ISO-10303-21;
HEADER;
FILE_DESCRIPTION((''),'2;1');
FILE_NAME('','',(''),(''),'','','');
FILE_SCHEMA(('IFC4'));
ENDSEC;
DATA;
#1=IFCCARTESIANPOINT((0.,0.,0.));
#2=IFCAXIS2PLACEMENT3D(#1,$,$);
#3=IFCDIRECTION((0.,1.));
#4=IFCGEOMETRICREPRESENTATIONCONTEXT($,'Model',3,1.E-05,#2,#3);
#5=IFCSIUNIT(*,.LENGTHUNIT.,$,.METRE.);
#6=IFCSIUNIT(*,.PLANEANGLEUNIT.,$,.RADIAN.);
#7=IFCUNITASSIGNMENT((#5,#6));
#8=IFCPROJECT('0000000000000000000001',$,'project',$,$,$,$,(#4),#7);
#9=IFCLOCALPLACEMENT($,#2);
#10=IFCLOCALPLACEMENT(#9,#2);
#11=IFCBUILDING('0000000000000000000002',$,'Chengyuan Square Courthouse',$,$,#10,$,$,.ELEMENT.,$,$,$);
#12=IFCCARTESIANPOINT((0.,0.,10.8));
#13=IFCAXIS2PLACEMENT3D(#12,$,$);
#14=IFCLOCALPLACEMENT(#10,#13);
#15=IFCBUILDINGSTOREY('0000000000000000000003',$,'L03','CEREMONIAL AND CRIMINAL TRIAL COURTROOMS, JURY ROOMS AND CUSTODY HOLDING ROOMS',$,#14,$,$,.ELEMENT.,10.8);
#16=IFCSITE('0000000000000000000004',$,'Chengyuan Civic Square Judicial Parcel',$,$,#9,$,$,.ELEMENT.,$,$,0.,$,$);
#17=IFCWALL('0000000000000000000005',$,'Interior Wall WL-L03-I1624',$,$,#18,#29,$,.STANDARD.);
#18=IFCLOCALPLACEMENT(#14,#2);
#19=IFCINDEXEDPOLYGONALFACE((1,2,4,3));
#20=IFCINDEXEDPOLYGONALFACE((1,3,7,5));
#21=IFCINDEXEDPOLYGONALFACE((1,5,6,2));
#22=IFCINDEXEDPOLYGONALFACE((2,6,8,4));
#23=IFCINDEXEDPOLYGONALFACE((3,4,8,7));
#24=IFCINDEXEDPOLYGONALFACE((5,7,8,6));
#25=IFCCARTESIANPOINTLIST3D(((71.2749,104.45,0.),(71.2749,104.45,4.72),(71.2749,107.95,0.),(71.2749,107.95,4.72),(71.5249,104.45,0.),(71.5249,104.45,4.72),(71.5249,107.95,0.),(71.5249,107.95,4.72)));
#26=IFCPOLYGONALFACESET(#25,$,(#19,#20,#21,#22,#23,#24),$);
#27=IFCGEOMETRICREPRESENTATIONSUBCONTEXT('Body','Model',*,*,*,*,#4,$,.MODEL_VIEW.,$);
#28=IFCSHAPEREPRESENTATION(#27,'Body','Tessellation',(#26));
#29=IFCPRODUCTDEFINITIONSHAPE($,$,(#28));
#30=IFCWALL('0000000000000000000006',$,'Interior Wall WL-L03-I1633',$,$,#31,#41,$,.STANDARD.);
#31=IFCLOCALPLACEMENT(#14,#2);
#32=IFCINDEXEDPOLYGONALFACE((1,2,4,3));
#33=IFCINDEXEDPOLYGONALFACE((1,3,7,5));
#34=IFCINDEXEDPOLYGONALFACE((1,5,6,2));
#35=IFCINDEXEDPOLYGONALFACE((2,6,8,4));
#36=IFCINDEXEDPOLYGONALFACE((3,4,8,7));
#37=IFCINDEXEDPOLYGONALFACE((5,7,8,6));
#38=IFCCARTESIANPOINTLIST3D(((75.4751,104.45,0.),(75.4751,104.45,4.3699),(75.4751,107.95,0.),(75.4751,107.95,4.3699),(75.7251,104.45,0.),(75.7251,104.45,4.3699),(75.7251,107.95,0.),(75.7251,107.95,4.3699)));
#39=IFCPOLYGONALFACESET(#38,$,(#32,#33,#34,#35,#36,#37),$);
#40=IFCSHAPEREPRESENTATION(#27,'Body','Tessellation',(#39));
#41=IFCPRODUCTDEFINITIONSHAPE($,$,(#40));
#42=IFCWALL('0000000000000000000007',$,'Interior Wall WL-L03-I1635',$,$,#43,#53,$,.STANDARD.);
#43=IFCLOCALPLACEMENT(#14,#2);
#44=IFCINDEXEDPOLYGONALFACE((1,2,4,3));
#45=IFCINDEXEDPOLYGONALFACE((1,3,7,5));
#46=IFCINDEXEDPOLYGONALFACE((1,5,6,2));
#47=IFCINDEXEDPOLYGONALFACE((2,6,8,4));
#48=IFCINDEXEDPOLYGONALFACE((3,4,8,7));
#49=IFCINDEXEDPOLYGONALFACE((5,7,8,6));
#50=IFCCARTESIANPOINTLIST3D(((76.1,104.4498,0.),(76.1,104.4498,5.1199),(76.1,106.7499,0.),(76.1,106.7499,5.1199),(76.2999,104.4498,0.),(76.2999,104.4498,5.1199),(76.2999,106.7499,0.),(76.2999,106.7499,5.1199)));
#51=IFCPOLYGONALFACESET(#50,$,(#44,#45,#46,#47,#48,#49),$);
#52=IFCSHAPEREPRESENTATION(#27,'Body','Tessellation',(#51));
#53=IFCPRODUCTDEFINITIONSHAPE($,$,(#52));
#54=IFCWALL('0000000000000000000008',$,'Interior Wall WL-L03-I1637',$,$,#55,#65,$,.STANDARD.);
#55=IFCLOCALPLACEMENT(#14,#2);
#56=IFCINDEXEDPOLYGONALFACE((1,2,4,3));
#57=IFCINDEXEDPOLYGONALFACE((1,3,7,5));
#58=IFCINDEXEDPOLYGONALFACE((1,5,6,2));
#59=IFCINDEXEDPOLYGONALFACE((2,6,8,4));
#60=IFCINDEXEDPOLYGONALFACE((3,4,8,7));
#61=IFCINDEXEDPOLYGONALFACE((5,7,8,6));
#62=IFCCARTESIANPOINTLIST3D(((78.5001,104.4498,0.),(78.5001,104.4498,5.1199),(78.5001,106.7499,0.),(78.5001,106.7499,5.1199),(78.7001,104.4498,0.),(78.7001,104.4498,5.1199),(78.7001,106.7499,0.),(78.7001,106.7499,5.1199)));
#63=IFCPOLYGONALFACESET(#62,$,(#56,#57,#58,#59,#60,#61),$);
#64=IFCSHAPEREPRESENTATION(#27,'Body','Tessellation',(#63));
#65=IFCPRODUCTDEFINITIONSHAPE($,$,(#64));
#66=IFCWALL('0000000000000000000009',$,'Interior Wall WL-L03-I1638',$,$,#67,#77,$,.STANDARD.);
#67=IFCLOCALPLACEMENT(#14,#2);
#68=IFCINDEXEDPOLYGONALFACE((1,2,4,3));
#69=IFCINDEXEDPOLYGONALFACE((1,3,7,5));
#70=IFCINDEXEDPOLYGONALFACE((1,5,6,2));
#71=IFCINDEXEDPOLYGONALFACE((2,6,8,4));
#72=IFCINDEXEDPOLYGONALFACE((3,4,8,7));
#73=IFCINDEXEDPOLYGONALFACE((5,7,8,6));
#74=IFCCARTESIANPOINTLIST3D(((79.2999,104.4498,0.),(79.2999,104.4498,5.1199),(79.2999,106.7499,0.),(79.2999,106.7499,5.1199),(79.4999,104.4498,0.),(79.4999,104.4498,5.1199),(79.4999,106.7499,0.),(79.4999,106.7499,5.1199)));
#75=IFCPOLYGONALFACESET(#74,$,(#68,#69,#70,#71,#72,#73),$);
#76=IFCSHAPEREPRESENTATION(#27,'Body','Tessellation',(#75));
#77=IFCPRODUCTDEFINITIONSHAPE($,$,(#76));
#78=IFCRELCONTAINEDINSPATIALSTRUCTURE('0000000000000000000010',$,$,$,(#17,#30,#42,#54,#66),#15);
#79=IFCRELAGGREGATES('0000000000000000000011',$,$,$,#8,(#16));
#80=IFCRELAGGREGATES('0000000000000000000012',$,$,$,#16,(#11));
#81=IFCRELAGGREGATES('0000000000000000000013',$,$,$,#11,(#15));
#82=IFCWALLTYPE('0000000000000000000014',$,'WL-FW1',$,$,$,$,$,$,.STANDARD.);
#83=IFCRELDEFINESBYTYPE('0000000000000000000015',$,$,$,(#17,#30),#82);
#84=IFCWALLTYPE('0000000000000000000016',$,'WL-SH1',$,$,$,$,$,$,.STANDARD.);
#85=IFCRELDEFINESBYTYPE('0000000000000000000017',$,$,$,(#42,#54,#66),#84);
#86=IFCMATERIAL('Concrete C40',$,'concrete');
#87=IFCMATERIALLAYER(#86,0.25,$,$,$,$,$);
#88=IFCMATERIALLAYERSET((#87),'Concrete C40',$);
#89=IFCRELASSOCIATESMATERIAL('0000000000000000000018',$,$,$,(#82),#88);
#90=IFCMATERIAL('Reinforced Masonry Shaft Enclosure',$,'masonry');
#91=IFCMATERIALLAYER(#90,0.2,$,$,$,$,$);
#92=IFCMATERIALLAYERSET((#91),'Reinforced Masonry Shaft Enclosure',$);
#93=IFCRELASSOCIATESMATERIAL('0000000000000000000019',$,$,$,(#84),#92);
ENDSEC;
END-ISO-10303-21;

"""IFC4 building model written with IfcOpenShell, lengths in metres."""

from ifc_helpers import new_model, si_unit, direction, frame, frame_2d, origin, place, context, subcontext, project, spatial, rectangle, extrude, material, layer, layer_set, type_object, element, save


model = new_model("IFC4")

# Units and contexts
model_context = context("Model", 3, precision=1e-05, world=origin(), true_north=direction((0.0, 1.0)))
body_context = subcontext(model_context, "Body", "Model", "MODEL_VIEW")
ifc_project = project(units=[si_unit("LENGTHUNIT", "METRE"), si_unit("PLANEANGLEUNIT", "RADIAN")], contexts=[model_context])

# Site, building, storey
site_placement = place(None, origin())
site = spatial("IfcSite", under=ifc_project, at=site_placement, Name="Chengyuan Civic Square Judicial Parcel", CompositionType="ELEMENT", RefElevation=0.0)
building_placement = place(site_placement, origin())
building = spatial("IfcBuilding", under=site, at=building_placement, Name="Chengyuan Square Courthouse", CompositionType="ELEMENT")
storey_placement = place(building_placement, frame((0.0, 0.0, 10.8)))
storey = spatial("IfcBuildingStorey", under=building, at=storey_placement, Name="L03", Description="CEREMONIAL AND CRIMINAL TRIAL COURTROOMS, JURY ROOMS AND CUSTODY HOLDING ROOMS", CompositionType="ELEMENT", Elevation=10.8)

# Shared definitions
ifc_material_1 = material(Name="Concrete C40", Category="concrete")

# Shared definitions
ifc_layer_1 = layer(ifc_material_1, 0.25)
ifc_layer_set_1 = layer_set([ifc_layer_1], Name="Concrete C40")
wall_type_1 = type_object("IfcWallType", Name="WL-FW1", PredefinedType="STANDARD", material=ifc_layer_set_1)

# Wall
wall_1_placement = place(storey_placement, frame((71.3999, 104.45, 0.0), z_axis=(0.0, 0.0, 1.0), x_axis=(0.0, 1.0, 0.0)))
element("IfcWall", 1, at=wall_1_placement, inside=storey, type_object=wall_type_1, Name="Interior Wall WL-L03-I1624", PredefinedType="STANDARD", context=body_context, shape_type="SweptSolid", body=[
    extrude(rectangle(XDim=3.5, YDim=0.25, at=frame_2d((1.75, 0.0))), origin(), (0.0, 0.0, 1.0), 4.72),
])

# Wall
wall_2_placement = place(storey_placement, frame((75.6001, 104.45, 0.0), z_axis=(0.0, 0.0, 1.0), x_axis=(0.0, 1.0, 0.0)))
element("IfcWall", 2, at=wall_2_placement, inside=storey, type_object=wall_type_1, Name="Interior Wall WL-L03-I1633", PredefinedType="STANDARD", context=body_context, shape_type="SweptSolid", body=[
    extrude(rectangle(XDim=3.5, YDim=0.25, at=frame_2d((1.75, 0.0))), origin(), (0.0, 0.0, 1.0), 4.3699),
])

# Shared definitions
ifc_material_2 = material(Name="Reinforced Masonry Shaft Enclosure", Category="masonry")
ifc_layer_2 = layer(ifc_material_2, 0.2)
ifc_layer_set_2 = layer_set([ifc_layer_2], Name="Reinforced Masonry Shaft Enclosure")
wall_type_2 = type_object("IfcWallType", Name="WL-SH1", PredefinedType="STANDARD", material=ifc_layer_set_2)

# Walls
for number, where, z_axis, x_axis, name in (
    (3, (76.2, 104.45, 0.0), (0.0, 0.0, 1.0), (0.0, 1.0, 0.0), "Interior Wall WL-L03-I1635"),
    (4, (78.6001, 104.45, 0.0), (0.0, 0.0, 1.0), (0.0, 1.0, 0.0), "Interior Wall WL-L03-I1637"),
    (5, (79.3999, 104.45, 0.0), (0.0, 0.0, 1.0), (0.0, 1.0, 0.0), "Interior Wall WL-L03-I1638"),
):
    element("IfcWall", number, at=place(storey_placement, frame(where, z_axis=z_axis, x_axis=x_axis)), inside=storey, type_object=wall_type_2, Name=name, PredefinedType="STANDARD", context=body_context, shape_type="SweptSolid", body=[
        extrude(rectangle(XDim=2.3, YDim=0.2, at=frame_2d((1.1499, 0.0))), origin(), (0.0, 0.0, 1.0), 5.1199),
    ])

save(model, "model.ifc")
